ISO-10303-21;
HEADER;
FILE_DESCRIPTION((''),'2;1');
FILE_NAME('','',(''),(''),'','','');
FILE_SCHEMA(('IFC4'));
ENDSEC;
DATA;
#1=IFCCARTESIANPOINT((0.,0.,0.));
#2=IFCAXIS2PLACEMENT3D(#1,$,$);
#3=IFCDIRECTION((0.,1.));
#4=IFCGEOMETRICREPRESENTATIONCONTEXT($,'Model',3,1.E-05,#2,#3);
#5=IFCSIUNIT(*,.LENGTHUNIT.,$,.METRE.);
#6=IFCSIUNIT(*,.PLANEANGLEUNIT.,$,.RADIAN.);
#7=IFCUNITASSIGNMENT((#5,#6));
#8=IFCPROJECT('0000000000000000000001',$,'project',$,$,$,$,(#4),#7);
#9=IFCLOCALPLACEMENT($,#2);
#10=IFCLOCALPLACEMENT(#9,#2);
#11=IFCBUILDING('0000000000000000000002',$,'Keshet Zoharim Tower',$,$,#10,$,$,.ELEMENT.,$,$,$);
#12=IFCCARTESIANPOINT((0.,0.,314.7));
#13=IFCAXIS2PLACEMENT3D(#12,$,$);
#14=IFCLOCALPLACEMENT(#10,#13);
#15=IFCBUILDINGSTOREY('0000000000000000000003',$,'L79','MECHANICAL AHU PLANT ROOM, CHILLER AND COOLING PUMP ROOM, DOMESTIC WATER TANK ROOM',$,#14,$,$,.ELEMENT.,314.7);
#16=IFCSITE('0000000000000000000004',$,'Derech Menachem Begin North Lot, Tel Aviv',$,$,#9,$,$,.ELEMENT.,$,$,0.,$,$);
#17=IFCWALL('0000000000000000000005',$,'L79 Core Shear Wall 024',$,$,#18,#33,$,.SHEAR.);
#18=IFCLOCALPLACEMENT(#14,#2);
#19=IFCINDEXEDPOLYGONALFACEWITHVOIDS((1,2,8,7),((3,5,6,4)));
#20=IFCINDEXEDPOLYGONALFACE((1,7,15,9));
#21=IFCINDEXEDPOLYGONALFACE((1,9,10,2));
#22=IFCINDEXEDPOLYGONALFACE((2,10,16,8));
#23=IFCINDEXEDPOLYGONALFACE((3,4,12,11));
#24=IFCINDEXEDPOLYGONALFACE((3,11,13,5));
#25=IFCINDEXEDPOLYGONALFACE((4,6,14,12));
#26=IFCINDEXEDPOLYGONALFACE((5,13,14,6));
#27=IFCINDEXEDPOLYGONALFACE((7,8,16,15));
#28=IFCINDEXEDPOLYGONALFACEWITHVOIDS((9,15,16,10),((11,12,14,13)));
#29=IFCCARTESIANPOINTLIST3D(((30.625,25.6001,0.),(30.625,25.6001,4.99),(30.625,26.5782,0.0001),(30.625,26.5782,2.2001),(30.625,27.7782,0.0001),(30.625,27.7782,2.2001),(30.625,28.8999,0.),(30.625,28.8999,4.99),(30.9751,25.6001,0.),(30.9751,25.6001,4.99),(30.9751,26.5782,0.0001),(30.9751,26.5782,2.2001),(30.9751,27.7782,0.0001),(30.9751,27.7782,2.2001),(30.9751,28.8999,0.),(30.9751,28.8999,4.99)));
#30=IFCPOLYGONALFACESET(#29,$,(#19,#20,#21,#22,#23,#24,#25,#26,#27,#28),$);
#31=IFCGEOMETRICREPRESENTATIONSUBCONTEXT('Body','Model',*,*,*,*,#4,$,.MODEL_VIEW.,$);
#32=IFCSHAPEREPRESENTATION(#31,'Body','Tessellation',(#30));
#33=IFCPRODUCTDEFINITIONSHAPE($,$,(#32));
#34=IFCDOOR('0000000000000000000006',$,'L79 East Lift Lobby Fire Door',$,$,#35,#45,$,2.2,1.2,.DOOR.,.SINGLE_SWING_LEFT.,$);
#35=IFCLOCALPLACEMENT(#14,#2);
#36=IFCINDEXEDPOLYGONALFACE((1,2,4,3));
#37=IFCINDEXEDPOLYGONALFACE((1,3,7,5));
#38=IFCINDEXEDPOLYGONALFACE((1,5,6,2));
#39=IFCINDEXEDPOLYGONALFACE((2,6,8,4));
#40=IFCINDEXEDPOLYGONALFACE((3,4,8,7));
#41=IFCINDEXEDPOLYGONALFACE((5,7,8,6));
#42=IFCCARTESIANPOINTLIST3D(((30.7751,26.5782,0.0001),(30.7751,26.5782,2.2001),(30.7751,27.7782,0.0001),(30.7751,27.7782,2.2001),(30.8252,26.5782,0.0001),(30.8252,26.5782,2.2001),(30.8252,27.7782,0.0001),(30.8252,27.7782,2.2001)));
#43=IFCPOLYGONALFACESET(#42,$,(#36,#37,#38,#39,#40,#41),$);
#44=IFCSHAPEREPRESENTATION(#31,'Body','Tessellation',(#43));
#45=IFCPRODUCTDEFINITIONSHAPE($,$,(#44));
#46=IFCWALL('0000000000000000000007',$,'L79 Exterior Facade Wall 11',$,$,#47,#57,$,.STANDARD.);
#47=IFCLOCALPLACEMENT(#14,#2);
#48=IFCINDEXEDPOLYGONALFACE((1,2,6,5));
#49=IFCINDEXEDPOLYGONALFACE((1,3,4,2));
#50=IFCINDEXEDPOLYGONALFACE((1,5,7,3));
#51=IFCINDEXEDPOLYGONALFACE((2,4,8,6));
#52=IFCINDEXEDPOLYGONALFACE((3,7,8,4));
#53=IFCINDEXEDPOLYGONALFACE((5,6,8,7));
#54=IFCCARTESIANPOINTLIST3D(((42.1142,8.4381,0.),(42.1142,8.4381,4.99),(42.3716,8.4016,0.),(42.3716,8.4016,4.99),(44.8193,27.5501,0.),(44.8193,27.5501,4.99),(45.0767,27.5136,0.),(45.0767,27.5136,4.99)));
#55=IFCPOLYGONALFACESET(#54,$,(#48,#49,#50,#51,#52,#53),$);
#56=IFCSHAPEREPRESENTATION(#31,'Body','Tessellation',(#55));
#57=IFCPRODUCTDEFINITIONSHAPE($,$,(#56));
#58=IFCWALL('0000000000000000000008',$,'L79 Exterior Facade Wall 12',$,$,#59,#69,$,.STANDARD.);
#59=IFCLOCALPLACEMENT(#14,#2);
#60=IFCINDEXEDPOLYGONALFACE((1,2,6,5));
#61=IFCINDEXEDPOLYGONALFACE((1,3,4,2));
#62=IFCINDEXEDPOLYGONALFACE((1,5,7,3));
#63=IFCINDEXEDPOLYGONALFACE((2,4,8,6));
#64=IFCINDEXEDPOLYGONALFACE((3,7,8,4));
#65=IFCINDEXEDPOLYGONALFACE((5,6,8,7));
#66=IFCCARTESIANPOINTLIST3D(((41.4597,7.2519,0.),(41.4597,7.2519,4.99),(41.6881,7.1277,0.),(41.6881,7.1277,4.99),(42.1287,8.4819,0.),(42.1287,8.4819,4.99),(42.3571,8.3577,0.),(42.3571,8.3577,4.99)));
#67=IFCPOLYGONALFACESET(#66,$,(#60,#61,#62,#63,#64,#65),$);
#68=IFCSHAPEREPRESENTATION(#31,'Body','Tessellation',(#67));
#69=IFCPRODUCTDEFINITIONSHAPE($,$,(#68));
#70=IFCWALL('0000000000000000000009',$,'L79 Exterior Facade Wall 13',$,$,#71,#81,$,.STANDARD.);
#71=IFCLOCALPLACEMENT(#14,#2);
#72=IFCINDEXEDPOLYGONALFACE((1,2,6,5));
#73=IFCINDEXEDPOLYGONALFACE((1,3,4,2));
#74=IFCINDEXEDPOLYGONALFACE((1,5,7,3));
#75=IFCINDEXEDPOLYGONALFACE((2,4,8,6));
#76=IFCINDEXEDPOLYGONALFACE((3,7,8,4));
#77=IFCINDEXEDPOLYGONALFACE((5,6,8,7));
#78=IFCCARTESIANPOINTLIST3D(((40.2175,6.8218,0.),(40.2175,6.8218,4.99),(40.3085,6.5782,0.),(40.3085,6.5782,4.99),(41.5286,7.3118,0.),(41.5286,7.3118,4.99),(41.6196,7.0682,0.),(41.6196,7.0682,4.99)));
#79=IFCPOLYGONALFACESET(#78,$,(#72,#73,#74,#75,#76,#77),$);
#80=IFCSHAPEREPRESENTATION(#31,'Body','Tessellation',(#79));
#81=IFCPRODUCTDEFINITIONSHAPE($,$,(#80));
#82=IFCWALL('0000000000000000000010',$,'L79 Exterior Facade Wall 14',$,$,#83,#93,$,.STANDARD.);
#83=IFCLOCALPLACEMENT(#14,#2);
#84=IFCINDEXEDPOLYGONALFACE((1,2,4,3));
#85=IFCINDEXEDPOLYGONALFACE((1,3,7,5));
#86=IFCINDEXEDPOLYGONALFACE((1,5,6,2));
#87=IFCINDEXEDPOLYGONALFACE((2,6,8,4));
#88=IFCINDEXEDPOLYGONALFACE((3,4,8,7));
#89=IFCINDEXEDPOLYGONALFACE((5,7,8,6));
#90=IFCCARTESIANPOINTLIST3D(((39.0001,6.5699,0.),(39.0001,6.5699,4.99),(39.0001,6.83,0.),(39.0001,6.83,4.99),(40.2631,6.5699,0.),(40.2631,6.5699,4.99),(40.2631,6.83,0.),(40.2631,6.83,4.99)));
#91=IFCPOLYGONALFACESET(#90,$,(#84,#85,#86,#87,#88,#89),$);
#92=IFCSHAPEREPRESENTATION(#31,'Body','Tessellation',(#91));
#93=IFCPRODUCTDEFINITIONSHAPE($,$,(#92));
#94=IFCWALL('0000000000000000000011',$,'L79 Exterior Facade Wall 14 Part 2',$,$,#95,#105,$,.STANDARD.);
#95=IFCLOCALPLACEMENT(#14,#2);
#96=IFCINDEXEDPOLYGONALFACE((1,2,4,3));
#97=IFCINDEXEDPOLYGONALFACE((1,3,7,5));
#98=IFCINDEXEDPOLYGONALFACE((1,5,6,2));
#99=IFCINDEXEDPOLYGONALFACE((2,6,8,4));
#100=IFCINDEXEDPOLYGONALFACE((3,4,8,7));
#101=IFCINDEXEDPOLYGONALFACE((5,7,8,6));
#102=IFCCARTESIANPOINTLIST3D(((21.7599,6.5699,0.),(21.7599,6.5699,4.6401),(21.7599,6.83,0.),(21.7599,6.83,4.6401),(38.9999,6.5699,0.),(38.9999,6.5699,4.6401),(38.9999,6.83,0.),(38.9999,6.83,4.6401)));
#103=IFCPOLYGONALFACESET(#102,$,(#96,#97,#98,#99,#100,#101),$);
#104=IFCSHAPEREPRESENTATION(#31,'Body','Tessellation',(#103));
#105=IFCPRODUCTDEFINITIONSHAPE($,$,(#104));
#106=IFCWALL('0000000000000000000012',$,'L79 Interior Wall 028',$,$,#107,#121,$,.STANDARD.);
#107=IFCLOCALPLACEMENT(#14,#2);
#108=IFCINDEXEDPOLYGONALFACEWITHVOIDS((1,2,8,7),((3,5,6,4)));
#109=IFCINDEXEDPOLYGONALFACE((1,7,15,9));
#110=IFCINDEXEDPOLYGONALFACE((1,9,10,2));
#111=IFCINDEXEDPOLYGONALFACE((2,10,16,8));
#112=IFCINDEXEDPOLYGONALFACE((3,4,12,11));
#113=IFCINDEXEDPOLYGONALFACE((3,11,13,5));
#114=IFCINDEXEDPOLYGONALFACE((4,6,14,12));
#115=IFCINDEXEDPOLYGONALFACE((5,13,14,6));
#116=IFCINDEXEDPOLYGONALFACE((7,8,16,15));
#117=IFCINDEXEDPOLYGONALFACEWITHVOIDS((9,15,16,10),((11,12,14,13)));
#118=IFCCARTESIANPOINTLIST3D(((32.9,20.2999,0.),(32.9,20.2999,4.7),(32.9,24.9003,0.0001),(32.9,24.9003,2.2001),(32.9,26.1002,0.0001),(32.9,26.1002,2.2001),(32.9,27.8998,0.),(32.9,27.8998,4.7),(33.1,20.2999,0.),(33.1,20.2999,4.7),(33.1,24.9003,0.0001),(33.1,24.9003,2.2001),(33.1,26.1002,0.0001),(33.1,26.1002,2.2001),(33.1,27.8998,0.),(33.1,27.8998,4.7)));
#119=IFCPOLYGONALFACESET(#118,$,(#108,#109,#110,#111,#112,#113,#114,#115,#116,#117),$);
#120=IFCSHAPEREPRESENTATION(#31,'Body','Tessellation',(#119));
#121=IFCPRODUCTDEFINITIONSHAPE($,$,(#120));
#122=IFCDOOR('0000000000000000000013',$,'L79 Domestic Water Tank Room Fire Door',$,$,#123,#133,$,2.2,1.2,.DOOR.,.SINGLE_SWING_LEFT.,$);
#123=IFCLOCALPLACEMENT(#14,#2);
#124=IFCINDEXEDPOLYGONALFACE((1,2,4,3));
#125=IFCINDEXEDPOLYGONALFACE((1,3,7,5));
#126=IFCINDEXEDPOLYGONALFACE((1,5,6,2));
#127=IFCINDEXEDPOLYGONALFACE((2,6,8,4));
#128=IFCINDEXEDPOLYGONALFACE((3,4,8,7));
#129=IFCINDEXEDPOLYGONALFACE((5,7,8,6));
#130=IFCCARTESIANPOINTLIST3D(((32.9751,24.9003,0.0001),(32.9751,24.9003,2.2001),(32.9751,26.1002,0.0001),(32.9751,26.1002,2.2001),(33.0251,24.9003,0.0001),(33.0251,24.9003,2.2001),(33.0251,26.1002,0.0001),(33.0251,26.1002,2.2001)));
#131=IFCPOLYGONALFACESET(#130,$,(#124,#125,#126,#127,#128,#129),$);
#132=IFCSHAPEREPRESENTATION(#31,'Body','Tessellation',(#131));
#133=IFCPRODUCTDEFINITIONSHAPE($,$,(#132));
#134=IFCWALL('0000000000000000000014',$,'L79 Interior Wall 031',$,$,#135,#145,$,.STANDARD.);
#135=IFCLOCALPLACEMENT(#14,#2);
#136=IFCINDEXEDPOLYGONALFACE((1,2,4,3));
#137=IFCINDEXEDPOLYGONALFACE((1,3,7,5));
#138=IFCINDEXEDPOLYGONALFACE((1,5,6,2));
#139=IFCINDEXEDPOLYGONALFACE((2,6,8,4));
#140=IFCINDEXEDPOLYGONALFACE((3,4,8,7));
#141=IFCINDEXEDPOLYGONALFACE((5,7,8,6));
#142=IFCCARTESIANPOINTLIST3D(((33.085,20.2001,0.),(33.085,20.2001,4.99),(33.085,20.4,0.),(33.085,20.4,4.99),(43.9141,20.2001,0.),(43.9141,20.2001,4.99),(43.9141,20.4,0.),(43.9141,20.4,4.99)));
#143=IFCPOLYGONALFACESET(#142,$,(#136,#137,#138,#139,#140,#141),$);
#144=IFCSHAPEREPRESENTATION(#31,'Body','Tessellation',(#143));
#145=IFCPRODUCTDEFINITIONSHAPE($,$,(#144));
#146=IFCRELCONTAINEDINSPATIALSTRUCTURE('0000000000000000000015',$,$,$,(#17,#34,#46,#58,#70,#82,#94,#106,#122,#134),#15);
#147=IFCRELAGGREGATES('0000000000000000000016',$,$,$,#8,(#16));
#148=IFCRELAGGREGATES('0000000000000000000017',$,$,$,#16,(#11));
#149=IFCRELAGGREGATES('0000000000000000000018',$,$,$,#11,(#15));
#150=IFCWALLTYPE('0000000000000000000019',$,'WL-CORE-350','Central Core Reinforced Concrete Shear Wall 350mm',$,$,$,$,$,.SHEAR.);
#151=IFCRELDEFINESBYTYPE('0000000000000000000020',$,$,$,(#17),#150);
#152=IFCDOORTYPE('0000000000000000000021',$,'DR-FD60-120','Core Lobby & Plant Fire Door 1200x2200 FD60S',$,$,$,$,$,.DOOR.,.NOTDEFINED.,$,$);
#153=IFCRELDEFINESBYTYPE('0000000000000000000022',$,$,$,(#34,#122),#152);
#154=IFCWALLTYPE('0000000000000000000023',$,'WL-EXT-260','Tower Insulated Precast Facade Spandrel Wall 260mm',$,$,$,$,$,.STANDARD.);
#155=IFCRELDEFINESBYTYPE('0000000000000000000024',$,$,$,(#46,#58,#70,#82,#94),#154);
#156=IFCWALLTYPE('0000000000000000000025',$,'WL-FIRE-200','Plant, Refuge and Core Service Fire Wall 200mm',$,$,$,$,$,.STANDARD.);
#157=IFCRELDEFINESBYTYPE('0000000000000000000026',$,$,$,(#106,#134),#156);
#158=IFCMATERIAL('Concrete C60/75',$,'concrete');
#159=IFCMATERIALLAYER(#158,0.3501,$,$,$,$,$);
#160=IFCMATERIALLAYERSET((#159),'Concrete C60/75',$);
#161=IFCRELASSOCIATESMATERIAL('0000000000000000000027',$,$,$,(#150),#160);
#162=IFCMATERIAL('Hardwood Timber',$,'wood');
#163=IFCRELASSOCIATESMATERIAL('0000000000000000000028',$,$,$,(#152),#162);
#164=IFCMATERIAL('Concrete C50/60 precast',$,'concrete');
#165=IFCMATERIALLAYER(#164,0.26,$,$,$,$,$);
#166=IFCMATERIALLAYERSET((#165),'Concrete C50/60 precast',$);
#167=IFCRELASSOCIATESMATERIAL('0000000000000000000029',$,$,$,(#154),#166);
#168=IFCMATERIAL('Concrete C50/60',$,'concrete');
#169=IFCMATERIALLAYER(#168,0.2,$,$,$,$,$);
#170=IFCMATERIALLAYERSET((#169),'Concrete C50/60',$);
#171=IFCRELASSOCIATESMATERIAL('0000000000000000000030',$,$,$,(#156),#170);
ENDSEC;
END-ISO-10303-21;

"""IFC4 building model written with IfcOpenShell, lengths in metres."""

from ifc_helpers import new_model, si_unit, direction, frame, frame_2d, origin, place, context, subcontext, project, spatial, rectangle, extrude, material, layer, layer_set, type_object, element, fill, save


model = new_model("IFC4")

# Units and contexts
model_context = context("Model", 3, precision=1e-05, world=origin(), true_north=direction((0.0, 1.0)))
body_context = subcontext(model_context, "Body", "Model", "MODEL_VIEW")
ifc_project = project(units=[si_unit("LENGTHUNIT", "METRE"), si_unit("PLANEANGLEUNIT", "RADIAN")], contexts=[model_context])

# Site, building, storey
site_placement = place(None, origin())
site = spatial("IfcSite", under=ifc_project, at=site_placement, Name="Derech Menachem Begin North Lot, Tel Aviv", CompositionType="ELEMENT", RefElevation=0.0)
building_placement = place(site_placement, origin())
building = spatial("IfcBuilding", under=site, at=building_placement, Name="Keshet Zoharim Tower", CompositionType="ELEMENT")
storey_placement = place(building_placement, frame((0.0, 0.0, 314.7)))
storey = spatial("IfcBuildingStorey", under=building, at=storey_placement, Name="L79", Description="MECHANICAL AHU PLANT ROOM, CHILLER AND COOLING PUMP ROOM, DOMESTIC WATER TANK ROOM", CompositionType="ELEMENT", Elevation=314.7)

# Shared definitions
ifc_material_1 = material(Name="Concrete C50/60", Category="concrete")

# Wall, opening, door
ifc_material_2 = material(Name="Concrete C60/75", Category="concrete")
ifc_layer_1 = layer(ifc_material_2, 0.3501)
ifc_layer_set_1 = layer_set([ifc_layer_1], Name="Concrete C60/75")
wall_type_1 = type_object("IfcWallType", Name="WL-CORE-350", Description="Central Core Reinforced Concrete Shear Wall 350mm", PredefinedType="SHEAR", material=ifc_layer_set_1)
wall_1_placement = place(storey_placement, frame((30.8, 25.6001, 0.0), z_axis=(0.0, 0.0, 1.0), x_axis=(0.0, 1.0, 0.0)))
wall_1 = element("IfcWall", 1, at=wall_1_placement, inside=storey, type_object=wall_type_1, Name="L79 Core Shear Wall 024", PredefinedType="SHEAR", context=body_context, shape_type="SweptSolid", body=[
    extrude(rectangle(XDim=3.2998, YDim=0.3501, at=frame_2d((1.6499, 0.0))), origin(), (0.0, 0.0, 1.0), 4.99),
])
opening_1_placement = place(wall_1_placement, frame((0.978, 0.0, 0.0)))
opening_1 = element("IfcOpeningElement", 2, at=opening_1_placement, cuts=wall_1, PredefinedType="OPENING", context=body_context, shape_type="SweptSolid", body=[
    extrude(rectangle(XDim=1.2, YDim=2.2, at=frame_2d((0.6001, 1.1001))), frame((0.0, 0.1851, 0.0), z_axis=(0.0, -1.0, 0.0), x_axis=(1.0, 0.0, 0.0)), (0.0, 0.0, 1.0), 0.3701),
])
ifc_material_3 = material(Name="Hardwood Timber", Category="wood")
door_type = type_object("IfcDoorType", Name="DR-FD60-120", Description="Core Lobby & Plant Fire Door 1200x2200 FD60S", OperationType="NOTDEFINED", PredefinedType="DOOR", material=ifc_material_3)
door_1_placement = place(opening_1_placement, origin())
door_1 = element("IfcDoor", 3, at=door_1_placement, inside=storey, type_object=door_type, Name="L79 East Lift Lobby Fire Door", OperationType="SINGLE_SWING_LEFT", OverallHeight=2.2, OverallWidth=1.2, PredefinedType="DOOR", context=body_context, shape_type="SweptSolid", body=[
    extrude(rectangle(XDim=1.2, YDim=2.2, at=frame_2d((0.6001, 1.1001))), frame((0.0, 0.0249, 0.0), z_axis=(0.0, -1.0, 0.0), x_axis=(1.0, 0.0, 0.0)), (0.0, 0.0, 1.0), 0.05),
])
fill(opening_1, door_1)

# Walls
ifc_material_4 = material(Name="Concrete C50/60 precast", Category="concrete")
ifc_layer_2 = layer(ifc_material_4, 0.26)
ifc_layer_set_2 = layer_set([ifc_layer_2], Name="Concrete C50/60 precast")
wall_type_2 = type_object("IfcWallType", Name="WL-EXT-260", Description="Tower Insulated Precast Facade Spandrel Wall 260mm", PredefinedType="STANDARD", material=ifc_layer_set_2)
wall_2_placement = place(storey_placement, frame((44.948, 27.532, 0.0), z_axis=(0.0, 0.0, 1.0), x_axis=(-0.140141, -0.990132, 0.0)))
element("IfcWall", 4, at=wall_2_placement, inside=storey, type_object=wall_type_2, Name="L79 Exterior Facade Wall 11", PredefinedType="STANDARD", context=body_context, shape_type="SweptSolid", body=[
    extrude(rectangle(XDim=19.3025, YDim=0.26, at=frame_2d((9.6514, 0.0))), origin(), (0.0, 0.0, 1.0), 4.99),
])
wall_3_placement = place(storey_placement, frame((42.2429, 8.4199, 0.0), z_axis=(0.0, 0.0, 1.0), x_axis=(-0.477777, -0.878481, 0.0)))
element("IfcWall", 5, at=wall_3_placement, inside=storey, type_object=wall_type_2, Name="L79 Exterior Facade Wall 12", PredefinedType="STANDARD", context=body_context, shape_type="SweptSolid", body=[
    extrude(rectangle(XDim=1.4001, YDim=0.26, at=frame_2d((0.7002, 0.0))), origin(), (0.0, 0.0, 1.0), 4.99),
])
wall_4_placement = place(storey_placement, frame((41.574, 7.1899, 0.0), z_axis=(0.0, 0.0, 1.0), x_axis=(-0.936716, -0.350091, 0.0)))
element("IfcWall", 6, at=wall_4_placement, inside=storey, type_object=wall_type_2, Name="L79 Exterior Facade Wall 13", PredefinedType="STANDARD", context=body_context, shape_type="SweptSolid", body=[
    extrude(rectangle(XDim=1.3997, YDim=0.26, at=frame_2d((0.6997, 0.0))), origin(), (0.0, 0.0, 1.0), 4.99),
])
wall_5_placement = place(storey_placement, frame((40.2629, 6.7, 0.0), z_axis=(0.0, 0.0, 1.0), x_axis=(-1.0, 0.0, 0.0)))
element("IfcWall", 7, at=wall_5_placement, inside=storey, type_object=wall_type_2, Name="L79 Exterior Facade Wall 14", PredefinedType="STANDARD", context=body_context, shape_type="SweptSolid", body=[
    extrude(rectangle(XDim=1.2629, YDim=0.26, at=frame_2d((0.6313, 0.0))), origin(), (0.0, 0.0, 1.0), 4.99),
])
wall_6_placement = place(storey_placement, frame((39.0, 6.7, 0.0), z_axis=(0.0, 0.0, 1.0), x_axis=(-1.0, 0.0, 0.0)))
element("IfcWall", 8, at=wall_6_placement, inside=storey, type_object=wall_type_2, Name="L79 Exterior Facade Wall 14 Part 2", PredefinedType="STANDARD", context=body_context, shape_type="SweptSolid", body=[
    extrude(rectangle(XDim=17.24, YDim=0.26, at=frame_2d((8.6201, 0.0))), origin(), (0.0, 0.0, 1.0), 4.6401),
])

# Wall, opening, door
ifc_layer_3 = layer(ifc_material_1, 0.2)
ifc_layer_set_3 = layer_set([ifc_layer_3], Name="Concrete C50/60")
wall_type_3 = type_object("IfcWallType", Name="WL-FIRE-200", Description="Plant, Refuge and Core Service Fire Wall 200mm", PredefinedType="STANDARD", material=ifc_layer_set_3)
wall_7_placement = place(storey_placement, frame((33.0, 20.3, 0.0), z_axis=(0.0, 0.0, 1.0), x_axis=(0.0, 1.0, 0.0)))
wall_7 = element("IfcWall", 9, at=wall_7_placement, inside=storey, type_object=wall_type_3, Name="L79 Interior Wall 028", PredefinedType="STANDARD", context=body_context, shape_type="SweptSolid", body=[
    extrude(rectangle(XDim=7.5999, YDim=0.2, at=frame_2d((3.7998, 0.0))), origin(), (0.0, 0.0, 1.0), 4.7),
])
opening_2_placement = place(wall_7_placement, frame((4.6001, 0.0, 0.0)))
opening_2 = element("IfcOpeningElement", 10, at=opening_2_placement, cuts=wall_7, PredefinedType="OPENING", context=body_context, shape_type="SweptSolid", body=[
    extrude(rectangle(XDim=1.2, YDim=2.2, at=frame_2d((0.6001, 1.1001))), frame((0.0, 0.1099, 0.0), z_axis=(0.0, -1.0, 0.0), x_axis=(1.0, 0.0, 0.0)), (0.0, 0.0, 1.0), 0.22),
])
door_2_placement = place(opening_2_placement, origin())
door_2 = element("IfcDoor", 11, at=door_2_placement, inside=storey, type_object=door_type, Name="L79 Domestic Water Tank Room Fire Door", OperationType="SINGLE_SWING_LEFT", OverallHeight=2.2, OverallWidth=1.2, PredefinedType="DOOR", context=body_context, shape_type="SweptSolid", body=[
    extrude(rectangle(XDim=1.2, YDim=2.2, at=frame_2d((0.6001, 1.1001))), frame((0.0, 0.0249, 0.0), z_axis=(0.0, -1.0, 0.0), x_axis=(1.0, 0.0, 0.0)), (0.0, 0.0, 1.0), 0.05),
])
fill(opening_2, door_2)

# Wall
wall_8_placement = place(storey_placement, frame((33.085, 20.3, 0.0), z_axis=(0.0, 0.0, 1.0), x_axis=(1.0, 0.0, 0.0)))
element("IfcWall", 12, at=wall_8_placement, inside=storey, type_object=wall_type_3, Name="L79 Interior Wall 031", PredefinedType="STANDARD", context=body_context, shape_type="SweptSolid", body=[
    extrude(rectangle(XDim=10.8291, YDim=0.2, at=frame_2d((5.4146, 0.0))), origin(), (0.0, 0.0, 1.0), 4.99),
])

save(model, "model.ifc")
